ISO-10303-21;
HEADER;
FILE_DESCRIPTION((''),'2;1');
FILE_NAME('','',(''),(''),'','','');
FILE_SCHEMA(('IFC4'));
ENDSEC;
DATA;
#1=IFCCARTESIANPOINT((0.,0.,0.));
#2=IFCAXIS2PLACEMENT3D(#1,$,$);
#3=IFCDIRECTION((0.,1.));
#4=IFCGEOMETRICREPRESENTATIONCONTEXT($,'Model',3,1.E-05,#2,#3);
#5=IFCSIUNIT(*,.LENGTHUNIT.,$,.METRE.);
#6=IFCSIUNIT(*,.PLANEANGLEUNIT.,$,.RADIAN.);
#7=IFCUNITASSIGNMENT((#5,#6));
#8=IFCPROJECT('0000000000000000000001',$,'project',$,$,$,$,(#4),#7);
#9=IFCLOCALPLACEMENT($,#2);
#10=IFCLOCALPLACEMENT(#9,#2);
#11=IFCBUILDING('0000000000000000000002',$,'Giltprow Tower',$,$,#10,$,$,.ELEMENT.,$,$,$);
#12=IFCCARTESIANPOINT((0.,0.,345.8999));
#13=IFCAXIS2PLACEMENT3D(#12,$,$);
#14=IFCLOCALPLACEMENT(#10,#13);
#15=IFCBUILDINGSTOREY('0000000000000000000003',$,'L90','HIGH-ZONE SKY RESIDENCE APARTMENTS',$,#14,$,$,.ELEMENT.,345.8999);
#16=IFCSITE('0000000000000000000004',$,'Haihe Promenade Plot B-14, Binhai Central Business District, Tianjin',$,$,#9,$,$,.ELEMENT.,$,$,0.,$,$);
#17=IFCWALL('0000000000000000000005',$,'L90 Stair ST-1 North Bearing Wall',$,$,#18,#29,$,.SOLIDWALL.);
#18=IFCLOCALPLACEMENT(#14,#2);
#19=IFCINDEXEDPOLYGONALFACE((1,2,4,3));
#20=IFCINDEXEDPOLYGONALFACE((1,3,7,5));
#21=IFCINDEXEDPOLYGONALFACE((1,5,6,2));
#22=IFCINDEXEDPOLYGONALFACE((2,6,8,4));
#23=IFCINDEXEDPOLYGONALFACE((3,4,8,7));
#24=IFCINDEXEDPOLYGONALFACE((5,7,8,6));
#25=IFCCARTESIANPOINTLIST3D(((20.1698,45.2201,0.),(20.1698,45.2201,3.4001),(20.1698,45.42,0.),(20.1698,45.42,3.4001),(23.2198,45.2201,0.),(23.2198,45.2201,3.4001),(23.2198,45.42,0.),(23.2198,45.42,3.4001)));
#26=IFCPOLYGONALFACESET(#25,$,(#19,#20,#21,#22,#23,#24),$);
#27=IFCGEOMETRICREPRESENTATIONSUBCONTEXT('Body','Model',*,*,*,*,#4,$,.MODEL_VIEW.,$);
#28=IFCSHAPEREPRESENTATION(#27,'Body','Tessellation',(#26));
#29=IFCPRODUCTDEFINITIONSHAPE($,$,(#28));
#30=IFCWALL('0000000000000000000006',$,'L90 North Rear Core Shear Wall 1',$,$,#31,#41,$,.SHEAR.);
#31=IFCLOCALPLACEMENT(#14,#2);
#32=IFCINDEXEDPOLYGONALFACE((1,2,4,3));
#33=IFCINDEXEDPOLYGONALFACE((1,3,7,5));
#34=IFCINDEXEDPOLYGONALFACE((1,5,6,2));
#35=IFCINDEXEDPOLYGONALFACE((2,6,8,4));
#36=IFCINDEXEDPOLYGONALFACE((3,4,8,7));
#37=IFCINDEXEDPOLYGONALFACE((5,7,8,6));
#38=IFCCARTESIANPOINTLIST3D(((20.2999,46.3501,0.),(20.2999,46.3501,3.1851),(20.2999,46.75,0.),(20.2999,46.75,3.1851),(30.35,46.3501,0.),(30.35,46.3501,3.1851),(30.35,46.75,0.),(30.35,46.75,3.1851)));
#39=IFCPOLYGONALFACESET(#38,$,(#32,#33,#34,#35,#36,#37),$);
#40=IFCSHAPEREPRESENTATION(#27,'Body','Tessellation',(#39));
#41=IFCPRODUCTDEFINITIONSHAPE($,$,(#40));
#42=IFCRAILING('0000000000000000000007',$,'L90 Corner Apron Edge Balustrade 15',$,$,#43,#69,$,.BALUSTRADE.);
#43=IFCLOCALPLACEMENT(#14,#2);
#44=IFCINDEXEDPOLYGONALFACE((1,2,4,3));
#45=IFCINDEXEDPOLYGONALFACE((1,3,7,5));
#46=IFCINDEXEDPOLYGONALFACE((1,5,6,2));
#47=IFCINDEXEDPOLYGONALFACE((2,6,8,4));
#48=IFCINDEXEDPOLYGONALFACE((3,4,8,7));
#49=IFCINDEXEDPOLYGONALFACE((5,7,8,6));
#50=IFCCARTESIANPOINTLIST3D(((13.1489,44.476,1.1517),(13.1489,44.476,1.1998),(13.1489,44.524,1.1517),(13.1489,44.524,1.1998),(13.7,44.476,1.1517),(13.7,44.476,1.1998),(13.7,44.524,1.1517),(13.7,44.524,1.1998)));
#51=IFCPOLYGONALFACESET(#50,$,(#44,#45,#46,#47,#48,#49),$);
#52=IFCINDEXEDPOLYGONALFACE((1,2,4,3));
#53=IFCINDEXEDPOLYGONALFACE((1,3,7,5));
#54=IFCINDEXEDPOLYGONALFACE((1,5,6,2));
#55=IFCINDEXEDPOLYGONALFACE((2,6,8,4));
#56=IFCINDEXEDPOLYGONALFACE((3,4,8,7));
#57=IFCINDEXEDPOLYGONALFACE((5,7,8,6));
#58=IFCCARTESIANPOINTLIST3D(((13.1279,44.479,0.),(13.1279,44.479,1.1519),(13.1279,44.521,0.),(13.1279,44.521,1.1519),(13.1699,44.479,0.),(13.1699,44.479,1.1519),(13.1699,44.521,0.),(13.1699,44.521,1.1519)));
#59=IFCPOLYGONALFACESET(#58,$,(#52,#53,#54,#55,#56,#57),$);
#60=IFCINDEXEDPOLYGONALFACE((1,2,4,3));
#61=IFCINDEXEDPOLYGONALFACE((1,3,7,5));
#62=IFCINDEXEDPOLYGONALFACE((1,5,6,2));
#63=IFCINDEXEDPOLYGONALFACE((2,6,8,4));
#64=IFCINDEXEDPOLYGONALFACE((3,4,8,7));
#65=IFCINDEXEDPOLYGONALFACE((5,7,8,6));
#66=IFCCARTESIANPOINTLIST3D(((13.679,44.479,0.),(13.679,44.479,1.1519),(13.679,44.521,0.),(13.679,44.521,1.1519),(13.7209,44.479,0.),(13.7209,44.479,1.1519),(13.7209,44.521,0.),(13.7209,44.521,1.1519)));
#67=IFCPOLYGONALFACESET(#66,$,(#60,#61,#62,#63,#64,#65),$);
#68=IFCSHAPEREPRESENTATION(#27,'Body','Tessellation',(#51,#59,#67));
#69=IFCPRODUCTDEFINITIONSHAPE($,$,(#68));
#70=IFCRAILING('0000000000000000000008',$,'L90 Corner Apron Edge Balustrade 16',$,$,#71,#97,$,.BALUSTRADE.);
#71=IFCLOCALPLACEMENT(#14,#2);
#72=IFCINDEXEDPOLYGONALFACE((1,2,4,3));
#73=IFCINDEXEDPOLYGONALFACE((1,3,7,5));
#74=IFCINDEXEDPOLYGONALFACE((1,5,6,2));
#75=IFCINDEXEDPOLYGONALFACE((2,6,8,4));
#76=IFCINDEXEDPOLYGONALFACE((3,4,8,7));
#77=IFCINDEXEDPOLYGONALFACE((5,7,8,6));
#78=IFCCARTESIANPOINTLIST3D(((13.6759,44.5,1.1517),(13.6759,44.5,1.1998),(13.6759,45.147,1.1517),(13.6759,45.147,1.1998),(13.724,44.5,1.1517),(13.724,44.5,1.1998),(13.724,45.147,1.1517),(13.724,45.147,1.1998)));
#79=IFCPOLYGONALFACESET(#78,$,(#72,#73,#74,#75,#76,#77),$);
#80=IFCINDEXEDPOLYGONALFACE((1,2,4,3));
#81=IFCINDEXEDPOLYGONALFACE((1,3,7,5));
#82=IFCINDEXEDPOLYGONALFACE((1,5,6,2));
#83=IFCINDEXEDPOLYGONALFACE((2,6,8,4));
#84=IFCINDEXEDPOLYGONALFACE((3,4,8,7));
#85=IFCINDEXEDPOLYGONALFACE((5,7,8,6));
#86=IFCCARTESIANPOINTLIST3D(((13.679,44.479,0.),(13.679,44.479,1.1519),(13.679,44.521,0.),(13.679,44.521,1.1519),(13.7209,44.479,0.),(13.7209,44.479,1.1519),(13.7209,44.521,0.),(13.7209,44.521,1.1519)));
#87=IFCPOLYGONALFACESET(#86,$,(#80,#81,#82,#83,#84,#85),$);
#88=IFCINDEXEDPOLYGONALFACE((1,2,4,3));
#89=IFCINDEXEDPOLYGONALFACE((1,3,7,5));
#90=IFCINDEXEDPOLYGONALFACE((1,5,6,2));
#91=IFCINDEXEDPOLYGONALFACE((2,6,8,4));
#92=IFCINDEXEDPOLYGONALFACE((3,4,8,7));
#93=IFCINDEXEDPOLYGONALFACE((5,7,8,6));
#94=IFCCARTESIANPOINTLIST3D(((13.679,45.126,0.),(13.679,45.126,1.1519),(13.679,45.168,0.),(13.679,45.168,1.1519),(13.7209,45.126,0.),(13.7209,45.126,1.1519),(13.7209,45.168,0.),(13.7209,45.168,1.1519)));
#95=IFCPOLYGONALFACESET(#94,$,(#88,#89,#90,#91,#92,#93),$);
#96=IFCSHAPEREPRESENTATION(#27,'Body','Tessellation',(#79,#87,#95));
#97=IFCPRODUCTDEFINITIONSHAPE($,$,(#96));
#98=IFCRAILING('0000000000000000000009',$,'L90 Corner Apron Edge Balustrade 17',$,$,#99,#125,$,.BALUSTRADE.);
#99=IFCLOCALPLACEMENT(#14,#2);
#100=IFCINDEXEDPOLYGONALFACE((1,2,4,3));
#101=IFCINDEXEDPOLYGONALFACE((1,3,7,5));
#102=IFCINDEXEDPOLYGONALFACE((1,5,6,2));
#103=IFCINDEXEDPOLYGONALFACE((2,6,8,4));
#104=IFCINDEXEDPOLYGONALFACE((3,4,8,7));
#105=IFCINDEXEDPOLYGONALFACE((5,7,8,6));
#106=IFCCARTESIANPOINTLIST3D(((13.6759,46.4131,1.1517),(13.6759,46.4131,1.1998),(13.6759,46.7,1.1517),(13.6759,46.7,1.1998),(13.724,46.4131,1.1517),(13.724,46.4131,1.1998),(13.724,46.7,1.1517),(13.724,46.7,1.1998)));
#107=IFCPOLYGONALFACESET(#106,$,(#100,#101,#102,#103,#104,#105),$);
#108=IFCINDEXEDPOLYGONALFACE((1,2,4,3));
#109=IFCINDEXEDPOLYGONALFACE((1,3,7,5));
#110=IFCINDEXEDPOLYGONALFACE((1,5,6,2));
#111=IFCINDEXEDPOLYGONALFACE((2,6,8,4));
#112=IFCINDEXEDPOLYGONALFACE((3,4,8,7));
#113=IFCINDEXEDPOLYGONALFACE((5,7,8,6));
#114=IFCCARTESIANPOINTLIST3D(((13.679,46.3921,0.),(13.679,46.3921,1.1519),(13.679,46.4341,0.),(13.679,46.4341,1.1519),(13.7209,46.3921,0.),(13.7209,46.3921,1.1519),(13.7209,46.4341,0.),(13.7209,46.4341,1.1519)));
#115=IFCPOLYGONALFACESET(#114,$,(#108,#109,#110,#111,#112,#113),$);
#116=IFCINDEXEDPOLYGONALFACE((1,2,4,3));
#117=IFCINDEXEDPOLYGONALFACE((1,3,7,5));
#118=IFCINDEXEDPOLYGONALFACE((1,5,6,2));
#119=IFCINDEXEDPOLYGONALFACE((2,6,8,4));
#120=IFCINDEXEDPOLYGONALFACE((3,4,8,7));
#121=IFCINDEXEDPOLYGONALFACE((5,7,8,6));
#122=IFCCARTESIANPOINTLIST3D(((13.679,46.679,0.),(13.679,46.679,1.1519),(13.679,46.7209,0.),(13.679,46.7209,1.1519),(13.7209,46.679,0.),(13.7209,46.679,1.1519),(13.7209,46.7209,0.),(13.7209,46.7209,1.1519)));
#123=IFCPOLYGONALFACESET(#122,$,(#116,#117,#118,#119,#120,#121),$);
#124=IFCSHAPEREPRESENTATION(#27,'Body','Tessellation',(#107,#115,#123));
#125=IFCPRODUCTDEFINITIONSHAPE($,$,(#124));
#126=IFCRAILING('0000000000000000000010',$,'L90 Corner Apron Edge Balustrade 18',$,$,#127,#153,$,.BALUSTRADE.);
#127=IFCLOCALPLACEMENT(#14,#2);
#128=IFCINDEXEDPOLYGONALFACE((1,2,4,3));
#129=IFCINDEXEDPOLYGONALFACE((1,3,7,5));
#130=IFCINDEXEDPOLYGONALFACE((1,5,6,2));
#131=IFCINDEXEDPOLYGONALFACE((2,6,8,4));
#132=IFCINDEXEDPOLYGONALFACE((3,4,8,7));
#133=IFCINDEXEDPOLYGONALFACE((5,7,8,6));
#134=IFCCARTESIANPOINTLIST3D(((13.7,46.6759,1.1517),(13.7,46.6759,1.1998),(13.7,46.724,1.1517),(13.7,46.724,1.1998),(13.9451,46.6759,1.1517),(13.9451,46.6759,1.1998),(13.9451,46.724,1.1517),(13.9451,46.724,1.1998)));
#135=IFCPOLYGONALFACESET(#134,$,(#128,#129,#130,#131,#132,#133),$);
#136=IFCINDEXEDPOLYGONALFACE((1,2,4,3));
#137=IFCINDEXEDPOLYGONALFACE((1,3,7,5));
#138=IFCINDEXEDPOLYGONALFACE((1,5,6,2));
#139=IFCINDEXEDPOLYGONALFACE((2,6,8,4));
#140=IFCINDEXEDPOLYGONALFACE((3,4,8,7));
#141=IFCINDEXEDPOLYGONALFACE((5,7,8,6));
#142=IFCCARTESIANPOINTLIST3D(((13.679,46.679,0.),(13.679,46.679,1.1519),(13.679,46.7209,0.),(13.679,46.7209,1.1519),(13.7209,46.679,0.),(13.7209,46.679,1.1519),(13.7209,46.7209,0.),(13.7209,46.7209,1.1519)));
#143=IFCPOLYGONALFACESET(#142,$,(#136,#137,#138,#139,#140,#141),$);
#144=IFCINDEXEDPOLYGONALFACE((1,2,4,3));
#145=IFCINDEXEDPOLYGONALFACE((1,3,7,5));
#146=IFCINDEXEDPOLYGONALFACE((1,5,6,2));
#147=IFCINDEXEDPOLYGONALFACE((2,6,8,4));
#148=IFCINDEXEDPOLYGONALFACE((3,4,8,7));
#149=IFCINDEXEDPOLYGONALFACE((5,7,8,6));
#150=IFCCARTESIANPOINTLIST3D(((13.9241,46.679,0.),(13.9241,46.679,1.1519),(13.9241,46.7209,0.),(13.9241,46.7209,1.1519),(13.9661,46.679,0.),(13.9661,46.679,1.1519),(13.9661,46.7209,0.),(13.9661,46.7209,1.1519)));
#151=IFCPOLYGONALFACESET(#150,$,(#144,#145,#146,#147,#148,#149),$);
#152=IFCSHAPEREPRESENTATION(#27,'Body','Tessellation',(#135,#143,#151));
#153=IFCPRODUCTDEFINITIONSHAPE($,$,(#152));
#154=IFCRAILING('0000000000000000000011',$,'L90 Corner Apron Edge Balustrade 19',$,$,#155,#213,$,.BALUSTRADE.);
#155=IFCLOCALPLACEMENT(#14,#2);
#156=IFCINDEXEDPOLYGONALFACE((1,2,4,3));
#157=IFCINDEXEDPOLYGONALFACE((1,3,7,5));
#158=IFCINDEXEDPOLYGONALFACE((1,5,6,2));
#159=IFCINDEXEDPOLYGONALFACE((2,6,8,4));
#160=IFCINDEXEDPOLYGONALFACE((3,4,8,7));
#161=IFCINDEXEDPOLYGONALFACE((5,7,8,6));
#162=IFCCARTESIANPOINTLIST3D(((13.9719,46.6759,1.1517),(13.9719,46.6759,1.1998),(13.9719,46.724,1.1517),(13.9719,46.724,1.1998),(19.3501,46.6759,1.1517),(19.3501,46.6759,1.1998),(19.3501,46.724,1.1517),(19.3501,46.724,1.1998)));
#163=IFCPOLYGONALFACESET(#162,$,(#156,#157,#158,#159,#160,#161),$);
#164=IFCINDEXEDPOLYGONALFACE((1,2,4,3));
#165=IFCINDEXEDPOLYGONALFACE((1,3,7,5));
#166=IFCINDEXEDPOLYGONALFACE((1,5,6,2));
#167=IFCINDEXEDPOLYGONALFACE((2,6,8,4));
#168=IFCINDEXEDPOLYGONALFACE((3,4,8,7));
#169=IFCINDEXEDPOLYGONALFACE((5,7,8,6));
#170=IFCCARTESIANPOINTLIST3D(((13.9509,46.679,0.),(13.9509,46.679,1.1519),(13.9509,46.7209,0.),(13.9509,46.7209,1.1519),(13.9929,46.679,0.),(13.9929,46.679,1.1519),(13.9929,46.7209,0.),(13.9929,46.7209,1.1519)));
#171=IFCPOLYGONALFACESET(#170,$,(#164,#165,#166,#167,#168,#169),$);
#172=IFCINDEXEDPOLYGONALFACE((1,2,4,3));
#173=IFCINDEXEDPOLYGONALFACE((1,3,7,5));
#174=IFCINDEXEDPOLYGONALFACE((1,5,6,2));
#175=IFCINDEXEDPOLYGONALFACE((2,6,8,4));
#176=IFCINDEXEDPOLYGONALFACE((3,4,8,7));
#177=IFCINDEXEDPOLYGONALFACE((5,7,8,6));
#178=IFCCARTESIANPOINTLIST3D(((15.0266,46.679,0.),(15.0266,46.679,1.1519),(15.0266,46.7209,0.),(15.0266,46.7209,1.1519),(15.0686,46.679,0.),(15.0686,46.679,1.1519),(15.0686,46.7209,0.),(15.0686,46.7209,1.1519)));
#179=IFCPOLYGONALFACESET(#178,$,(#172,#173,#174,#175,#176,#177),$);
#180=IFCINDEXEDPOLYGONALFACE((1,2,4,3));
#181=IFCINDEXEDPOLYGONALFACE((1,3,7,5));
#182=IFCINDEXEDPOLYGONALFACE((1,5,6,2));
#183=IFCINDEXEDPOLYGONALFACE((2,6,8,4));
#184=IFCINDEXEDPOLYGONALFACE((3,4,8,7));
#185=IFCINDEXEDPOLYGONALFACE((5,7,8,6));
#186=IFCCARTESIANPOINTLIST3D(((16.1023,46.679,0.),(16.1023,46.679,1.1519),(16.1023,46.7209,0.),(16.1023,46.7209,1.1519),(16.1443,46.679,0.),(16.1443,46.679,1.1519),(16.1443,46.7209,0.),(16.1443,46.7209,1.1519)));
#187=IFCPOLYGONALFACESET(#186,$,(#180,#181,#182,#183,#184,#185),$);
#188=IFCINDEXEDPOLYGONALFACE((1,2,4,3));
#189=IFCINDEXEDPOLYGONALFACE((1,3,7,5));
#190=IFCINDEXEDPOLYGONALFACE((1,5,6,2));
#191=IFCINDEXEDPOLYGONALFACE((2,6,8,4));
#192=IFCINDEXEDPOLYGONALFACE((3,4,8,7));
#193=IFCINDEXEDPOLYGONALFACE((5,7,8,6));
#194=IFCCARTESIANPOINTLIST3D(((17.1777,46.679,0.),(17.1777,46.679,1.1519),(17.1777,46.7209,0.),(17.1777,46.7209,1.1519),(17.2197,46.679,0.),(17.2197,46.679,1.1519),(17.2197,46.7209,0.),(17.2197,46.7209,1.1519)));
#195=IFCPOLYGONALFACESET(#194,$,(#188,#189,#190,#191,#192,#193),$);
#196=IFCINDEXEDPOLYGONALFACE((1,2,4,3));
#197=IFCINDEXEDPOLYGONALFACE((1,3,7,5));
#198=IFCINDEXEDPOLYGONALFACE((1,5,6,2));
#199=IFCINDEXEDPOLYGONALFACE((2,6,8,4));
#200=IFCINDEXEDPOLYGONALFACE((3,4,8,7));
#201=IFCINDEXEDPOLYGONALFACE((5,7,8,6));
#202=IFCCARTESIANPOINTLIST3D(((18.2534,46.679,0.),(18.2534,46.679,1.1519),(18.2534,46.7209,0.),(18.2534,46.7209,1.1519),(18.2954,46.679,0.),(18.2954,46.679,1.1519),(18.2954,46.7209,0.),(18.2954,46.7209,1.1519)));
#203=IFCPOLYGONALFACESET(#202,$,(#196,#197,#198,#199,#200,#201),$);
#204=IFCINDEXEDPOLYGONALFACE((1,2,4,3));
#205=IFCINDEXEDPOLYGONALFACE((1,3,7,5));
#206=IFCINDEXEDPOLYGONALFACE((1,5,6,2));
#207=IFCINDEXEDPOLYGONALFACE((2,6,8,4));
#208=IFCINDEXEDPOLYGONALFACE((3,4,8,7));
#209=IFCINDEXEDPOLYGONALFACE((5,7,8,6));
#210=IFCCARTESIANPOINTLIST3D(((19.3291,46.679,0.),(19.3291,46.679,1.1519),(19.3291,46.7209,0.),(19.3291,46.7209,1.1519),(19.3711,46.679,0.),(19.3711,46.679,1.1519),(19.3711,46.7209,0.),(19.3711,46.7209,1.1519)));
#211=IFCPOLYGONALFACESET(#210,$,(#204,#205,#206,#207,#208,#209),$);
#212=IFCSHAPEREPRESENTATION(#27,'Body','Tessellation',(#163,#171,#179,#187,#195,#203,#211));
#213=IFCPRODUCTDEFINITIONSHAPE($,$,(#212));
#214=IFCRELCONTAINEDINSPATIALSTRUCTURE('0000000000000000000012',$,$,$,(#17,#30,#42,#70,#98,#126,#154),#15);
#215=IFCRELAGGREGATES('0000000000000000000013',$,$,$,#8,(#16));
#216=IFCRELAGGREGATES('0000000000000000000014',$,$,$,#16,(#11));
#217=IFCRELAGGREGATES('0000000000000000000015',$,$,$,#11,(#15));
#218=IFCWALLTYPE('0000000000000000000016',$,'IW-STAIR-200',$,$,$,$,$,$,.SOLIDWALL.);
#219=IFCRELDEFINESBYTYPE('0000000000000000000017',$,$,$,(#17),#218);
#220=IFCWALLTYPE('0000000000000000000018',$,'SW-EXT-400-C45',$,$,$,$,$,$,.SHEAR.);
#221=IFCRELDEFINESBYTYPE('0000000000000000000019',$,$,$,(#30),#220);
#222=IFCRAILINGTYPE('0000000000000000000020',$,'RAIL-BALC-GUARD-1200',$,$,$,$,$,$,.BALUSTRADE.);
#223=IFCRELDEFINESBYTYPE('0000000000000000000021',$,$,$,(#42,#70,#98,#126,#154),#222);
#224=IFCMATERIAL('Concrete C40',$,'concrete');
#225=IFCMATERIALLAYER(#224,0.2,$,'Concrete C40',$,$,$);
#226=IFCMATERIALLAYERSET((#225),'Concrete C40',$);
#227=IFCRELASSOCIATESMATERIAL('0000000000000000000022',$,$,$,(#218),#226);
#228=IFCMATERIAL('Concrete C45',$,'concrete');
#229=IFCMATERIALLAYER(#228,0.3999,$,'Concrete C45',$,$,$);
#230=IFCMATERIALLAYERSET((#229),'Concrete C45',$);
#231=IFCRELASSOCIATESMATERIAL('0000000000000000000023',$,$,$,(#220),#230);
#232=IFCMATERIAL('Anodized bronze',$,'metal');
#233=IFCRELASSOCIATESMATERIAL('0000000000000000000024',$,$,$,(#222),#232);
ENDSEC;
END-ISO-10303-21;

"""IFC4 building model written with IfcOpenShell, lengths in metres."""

from ifc_helpers import new_model, si_unit, direction, frame, frame_2d, origin, origin_2d, place, context, subcontext, project, spatial, rectangle, extrude, material, layer, layer_set, type_object, element, save


model = new_model("IFC4")

# Units and contexts
model_context = context("Model", 3, precision=1e-05, world=origin(), true_north=direction((0.0, 1.0)))
body_context = subcontext(model_context, "Body", "Model", "MODEL_VIEW")
ifc_project = project(units=[si_unit("LENGTHUNIT", "METRE"), si_unit("PLANEANGLEUNIT", "RADIAN")], contexts=[model_context])

# Site, building, storey
site_placement = place(None, origin())
site = spatial("IfcSite", under=ifc_project, at=site_placement, Name="Haihe Promenade Plot B-14, Binhai Central Business District, Tianjin", CompositionType="ELEMENT", RefElevation=0.0)
building_placement = place(site_placement, origin())
building = spatial("IfcBuilding", under=site, at=building_placement, Name="Giltprow Tower", CompositionType="ELEMENT")
storey_placement = place(building_placement, frame((0.0, 0.0, 345.8999)))
storey = spatial("IfcBuildingStorey", under=building, at=storey_placement, Name="L90", Description="HIGH-ZONE SKY RESIDENCE APARTMENTS", CompositionType="ELEMENT", Elevation=345.8999)

# Shared definitions
ifc_material_1 = material(Name="Concrete C45", Category="concrete")

# Walls
ifc_material_2 = material(Name="Concrete C40", Category="concrete")
ifc_layer_1 = layer(ifc_material_2, 0.2, Name="Concrete C40")
ifc_layer_set_1 = layer_set([ifc_layer_1], Name="Concrete C40")
wall_type_1 = type_object("IfcWallType", Name="IW-STAIR-200", PredefinedType="SOLIDWALL", material=ifc_layer_set_1)
wall_1_placement = place(storey_placement, frame((20.1699, 45.3201, 0.0), z_axis=(0.0, 0.0, 1.0), x_axis=(1.0, 0.0, 0.0)))
element("IfcWall", 1, at=wall_1_placement, inside=storey, type_object=wall_type_1, Name="L90 Stair ST-1 North Bearing Wall", PredefinedType="SOLIDWALL", context=body_context, shape_type="SweptSolid", body=[
    extrude(rectangle(XDim=3.05, YDim=0.2, at=frame_2d((1.5249, 0.0))), origin(), (0.0, 0.0, 1.0), 3.4001),
])
ifc_layer_2 = layer(ifc_material_1, 0.3999, Name="Concrete C45")
ifc_layer_set_2 = layer_set([ifc_layer_2], Name="Concrete C45")
wall_type_2 = type_object("IfcWallType", Name="SW-EXT-400-C45", PredefinedType="SHEAR", material=ifc_layer_set_2)
wall_2_placement = place(storey_placement, frame((20.3, 46.55, 0.0), z_axis=(0.0, 0.0, 1.0), x_axis=(1.0, 0.0, 0.0)))
element("IfcWall", 2, at=wall_2_placement, inside=storey, type_object=wall_type_2, Name="L90 North Rear Core Shear Wall 1", PredefinedType="SHEAR", context=body_context, shape_type="SweptSolid", body=[
    extrude(rectangle(XDim=10.05, YDim=0.3999, at=frame_2d((5.0249, 0.0))), origin(), (0.0, 0.0, 1.0), 3.1851),
])

# Railings
ifc_material_3 = material(Name="Anodized bronze", Category="metal")
railing_type = type_object("IfcRailingType", Name="RAIL-BALC-GUARD-1200", PredefinedType="BALUSTRADE", material=ifc_material_3)
railing_1_placement = place(storey_placement, frame((13.1489, 44.5, 0.0)))
element("IfcRailing", 3, at=railing_1_placement, inside=storey, type_object=railing_type, Name="L90 Corner Apron Edge Balustrade 15", PredefinedType="BALUSTRADE", context=body_context, shape_type="SweptSolid", body=[
    extrude(rectangle(XDim=0.0481, YDim=0.0481, at=origin_2d()), frame((0.0, 0.0, 1.1758), z_axis=(1.0, 0.0, 0.0), x_axis=(0.0, 1.0, 0.0)), (0.0, 0.0, 1.0), 0.551),
    extrude(rectangle(XDim=0.042, YDim=0.042, at=origin_2d()), origin(), (0.0, 0.0, 1.0), 1.1519),
    extrude(rectangle(XDim=0.042, YDim=0.042, at=origin_2d()), frame((0.551, 0.0, 0.0)), (0.0, 0.0, 1.0), 1.1519),
])
railing_2_placement = place(storey_placement, frame((13.7, 44.5, 0.0)))
element("IfcRailing", 4, at=railing_2_placement, inside=storey, type_object=railing_type, Name="L90 Corner Apron Edge Balustrade 16", PredefinedType="BALUSTRADE", context=body_context, shape_type="SweptSolid", body=[
    extrude(rectangle(XDim=0.0481, YDim=0.0481, at=origin_2d()), frame((0.0, 0.0, 1.1758), z_axis=(0.0, 1.0, 0.0), x_axis=(-1.0, 0.0, 0.0)), (0.0, 0.0, 1.0), 0.647),
    extrude(rectangle(XDim=0.042, YDim=0.042, at=origin_2d()), origin(), (0.0, 0.0, 1.0), 1.1519),
    extrude(rectangle(XDim=0.042, YDim=0.042, at=origin_2d()), frame((0.0, 0.647, 0.0)), (0.0, 0.0, 1.0), 1.1519),
])
railing_3_placement = place(storey_placement, frame((13.7, 46.4131, 0.0)))
element("IfcRailing", 5, at=railing_3_placement, inside=storey, type_object=railing_type, Name="L90 Corner Apron Edge Balustrade 17", PredefinedType="BALUSTRADE", context=body_context, shape_type="SweptSolid", body=[
    extrude(rectangle(XDim=0.0481, YDim=0.0481, at=origin_2d()), frame((0.0, 0.0, 1.1758), z_axis=(0.0, 1.0, 0.0), x_axis=(-1.0, 0.0, 0.0)), (0.0, 0.0, 1.0), 0.2869),
    extrude(rectangle(XDim=0.042, YDim=0.042, at=origin_2d()), origin(), (0.0, 0.0, 1.0), 1.1519),
    extrude(rectangle(XDim=0.042, YDim=0.042, at=origin_2d()), frame((0.0, 0.2869, 0.0)), (0.0, 0.0, 1.0), 1.1519),
])
railing_4_placement = place(storey_placement, frame((13.7, 46.7, 0.0)))
element("IfcRailing", 6, at=railing_4_placement, inside=storey, type_object=railing_type, Name="L90 Corner Apron Edge Balustrade 18", PredefinedType="BALUSTRADE", context=body_context, shape_type="SweptSolid", body=[
    extrude(rectangle(XDim=0.0481, YDim=0.0481, at=origin_2d()), frame((0.0, 0.0, 1.1758), z_axis=(1.0, 0.0, 0.0), x_axis=(0.0, 1.0, 0.0)), (0.0, 0.0, 1.0), 0.2451),
    extrude(rectangle(XDim=0.042, YDim=0.042, at=origin_2d()), origin(), (0.0, 0.0, 1.0), 1.1519),
    extrude(rectangle(XDim=0.042, YDim=0.042, at=origin_2d()), frame((0.2451, 0.0, 0.0)), (0.0, 0.0, 1.0), 1.1519),
])
railing_5_placement = place(storey_placement, frame((13.9719, 46.7, 0.0)))
element("IfcRailing", 7, at=railing_5_placement, inside=storey, type_object=railing_type, Name="L90 Corner Apron Edge Balustrade 19", PredefinedType="BALUSTRADE", context=body_context, shape_type="SweptSolid", body=[
    extrude(rectangle(XDim=0.0481, YDim=0.0481, at=origin_2d()), frame((0.0, 0.0, 1.1758), z_axis=(1.0, 0.0, 0.0), x_axis=(0.0, 1.0, 0.0)), (0.0, 0.0, 1.0), 5.3782),
    extrude(rectangle(XDim=0.042, YDim=0.042, at=origin_2d()), origin(), (0.0, 0.0, 1.0), 1.1519),
    extrude(rectangle(XDim=0.042, YDim=0.042, at=origin_2d()), frame((1.0757, 0.0, 0.0)), (0.0, 0.0, 1.0), 1.1519),
    extrude(rectangle(XDim=0.042, YDim=0.042, at=origin_2d()), frame((2.1514, 0.0, 0.0)), (0.0, 0.0, 1.0), 1.1519),
    extrude(rectangle(XDim=0.042, YDim=0.042, at=origin_2d()), frame((3.2268, 0.0, 0.0)), (0.0, 0.0, 1.0), 1.1519),
    extrude(rectangle(XDim=0.042, YDim=0.042, at=origin_2d()), frame((4.3025, 0.0, 0.0)), (0.0, 0.0, 1.0), 1.1519),
    extrude(rectangle(XDim=0.042, YDim=0.042, at=origin_2d()), frame((5.3782, 0.0, 0.0)), (0.0, 0.0, 1.0), 1.1519),
])

save(model, "model.ifc")
